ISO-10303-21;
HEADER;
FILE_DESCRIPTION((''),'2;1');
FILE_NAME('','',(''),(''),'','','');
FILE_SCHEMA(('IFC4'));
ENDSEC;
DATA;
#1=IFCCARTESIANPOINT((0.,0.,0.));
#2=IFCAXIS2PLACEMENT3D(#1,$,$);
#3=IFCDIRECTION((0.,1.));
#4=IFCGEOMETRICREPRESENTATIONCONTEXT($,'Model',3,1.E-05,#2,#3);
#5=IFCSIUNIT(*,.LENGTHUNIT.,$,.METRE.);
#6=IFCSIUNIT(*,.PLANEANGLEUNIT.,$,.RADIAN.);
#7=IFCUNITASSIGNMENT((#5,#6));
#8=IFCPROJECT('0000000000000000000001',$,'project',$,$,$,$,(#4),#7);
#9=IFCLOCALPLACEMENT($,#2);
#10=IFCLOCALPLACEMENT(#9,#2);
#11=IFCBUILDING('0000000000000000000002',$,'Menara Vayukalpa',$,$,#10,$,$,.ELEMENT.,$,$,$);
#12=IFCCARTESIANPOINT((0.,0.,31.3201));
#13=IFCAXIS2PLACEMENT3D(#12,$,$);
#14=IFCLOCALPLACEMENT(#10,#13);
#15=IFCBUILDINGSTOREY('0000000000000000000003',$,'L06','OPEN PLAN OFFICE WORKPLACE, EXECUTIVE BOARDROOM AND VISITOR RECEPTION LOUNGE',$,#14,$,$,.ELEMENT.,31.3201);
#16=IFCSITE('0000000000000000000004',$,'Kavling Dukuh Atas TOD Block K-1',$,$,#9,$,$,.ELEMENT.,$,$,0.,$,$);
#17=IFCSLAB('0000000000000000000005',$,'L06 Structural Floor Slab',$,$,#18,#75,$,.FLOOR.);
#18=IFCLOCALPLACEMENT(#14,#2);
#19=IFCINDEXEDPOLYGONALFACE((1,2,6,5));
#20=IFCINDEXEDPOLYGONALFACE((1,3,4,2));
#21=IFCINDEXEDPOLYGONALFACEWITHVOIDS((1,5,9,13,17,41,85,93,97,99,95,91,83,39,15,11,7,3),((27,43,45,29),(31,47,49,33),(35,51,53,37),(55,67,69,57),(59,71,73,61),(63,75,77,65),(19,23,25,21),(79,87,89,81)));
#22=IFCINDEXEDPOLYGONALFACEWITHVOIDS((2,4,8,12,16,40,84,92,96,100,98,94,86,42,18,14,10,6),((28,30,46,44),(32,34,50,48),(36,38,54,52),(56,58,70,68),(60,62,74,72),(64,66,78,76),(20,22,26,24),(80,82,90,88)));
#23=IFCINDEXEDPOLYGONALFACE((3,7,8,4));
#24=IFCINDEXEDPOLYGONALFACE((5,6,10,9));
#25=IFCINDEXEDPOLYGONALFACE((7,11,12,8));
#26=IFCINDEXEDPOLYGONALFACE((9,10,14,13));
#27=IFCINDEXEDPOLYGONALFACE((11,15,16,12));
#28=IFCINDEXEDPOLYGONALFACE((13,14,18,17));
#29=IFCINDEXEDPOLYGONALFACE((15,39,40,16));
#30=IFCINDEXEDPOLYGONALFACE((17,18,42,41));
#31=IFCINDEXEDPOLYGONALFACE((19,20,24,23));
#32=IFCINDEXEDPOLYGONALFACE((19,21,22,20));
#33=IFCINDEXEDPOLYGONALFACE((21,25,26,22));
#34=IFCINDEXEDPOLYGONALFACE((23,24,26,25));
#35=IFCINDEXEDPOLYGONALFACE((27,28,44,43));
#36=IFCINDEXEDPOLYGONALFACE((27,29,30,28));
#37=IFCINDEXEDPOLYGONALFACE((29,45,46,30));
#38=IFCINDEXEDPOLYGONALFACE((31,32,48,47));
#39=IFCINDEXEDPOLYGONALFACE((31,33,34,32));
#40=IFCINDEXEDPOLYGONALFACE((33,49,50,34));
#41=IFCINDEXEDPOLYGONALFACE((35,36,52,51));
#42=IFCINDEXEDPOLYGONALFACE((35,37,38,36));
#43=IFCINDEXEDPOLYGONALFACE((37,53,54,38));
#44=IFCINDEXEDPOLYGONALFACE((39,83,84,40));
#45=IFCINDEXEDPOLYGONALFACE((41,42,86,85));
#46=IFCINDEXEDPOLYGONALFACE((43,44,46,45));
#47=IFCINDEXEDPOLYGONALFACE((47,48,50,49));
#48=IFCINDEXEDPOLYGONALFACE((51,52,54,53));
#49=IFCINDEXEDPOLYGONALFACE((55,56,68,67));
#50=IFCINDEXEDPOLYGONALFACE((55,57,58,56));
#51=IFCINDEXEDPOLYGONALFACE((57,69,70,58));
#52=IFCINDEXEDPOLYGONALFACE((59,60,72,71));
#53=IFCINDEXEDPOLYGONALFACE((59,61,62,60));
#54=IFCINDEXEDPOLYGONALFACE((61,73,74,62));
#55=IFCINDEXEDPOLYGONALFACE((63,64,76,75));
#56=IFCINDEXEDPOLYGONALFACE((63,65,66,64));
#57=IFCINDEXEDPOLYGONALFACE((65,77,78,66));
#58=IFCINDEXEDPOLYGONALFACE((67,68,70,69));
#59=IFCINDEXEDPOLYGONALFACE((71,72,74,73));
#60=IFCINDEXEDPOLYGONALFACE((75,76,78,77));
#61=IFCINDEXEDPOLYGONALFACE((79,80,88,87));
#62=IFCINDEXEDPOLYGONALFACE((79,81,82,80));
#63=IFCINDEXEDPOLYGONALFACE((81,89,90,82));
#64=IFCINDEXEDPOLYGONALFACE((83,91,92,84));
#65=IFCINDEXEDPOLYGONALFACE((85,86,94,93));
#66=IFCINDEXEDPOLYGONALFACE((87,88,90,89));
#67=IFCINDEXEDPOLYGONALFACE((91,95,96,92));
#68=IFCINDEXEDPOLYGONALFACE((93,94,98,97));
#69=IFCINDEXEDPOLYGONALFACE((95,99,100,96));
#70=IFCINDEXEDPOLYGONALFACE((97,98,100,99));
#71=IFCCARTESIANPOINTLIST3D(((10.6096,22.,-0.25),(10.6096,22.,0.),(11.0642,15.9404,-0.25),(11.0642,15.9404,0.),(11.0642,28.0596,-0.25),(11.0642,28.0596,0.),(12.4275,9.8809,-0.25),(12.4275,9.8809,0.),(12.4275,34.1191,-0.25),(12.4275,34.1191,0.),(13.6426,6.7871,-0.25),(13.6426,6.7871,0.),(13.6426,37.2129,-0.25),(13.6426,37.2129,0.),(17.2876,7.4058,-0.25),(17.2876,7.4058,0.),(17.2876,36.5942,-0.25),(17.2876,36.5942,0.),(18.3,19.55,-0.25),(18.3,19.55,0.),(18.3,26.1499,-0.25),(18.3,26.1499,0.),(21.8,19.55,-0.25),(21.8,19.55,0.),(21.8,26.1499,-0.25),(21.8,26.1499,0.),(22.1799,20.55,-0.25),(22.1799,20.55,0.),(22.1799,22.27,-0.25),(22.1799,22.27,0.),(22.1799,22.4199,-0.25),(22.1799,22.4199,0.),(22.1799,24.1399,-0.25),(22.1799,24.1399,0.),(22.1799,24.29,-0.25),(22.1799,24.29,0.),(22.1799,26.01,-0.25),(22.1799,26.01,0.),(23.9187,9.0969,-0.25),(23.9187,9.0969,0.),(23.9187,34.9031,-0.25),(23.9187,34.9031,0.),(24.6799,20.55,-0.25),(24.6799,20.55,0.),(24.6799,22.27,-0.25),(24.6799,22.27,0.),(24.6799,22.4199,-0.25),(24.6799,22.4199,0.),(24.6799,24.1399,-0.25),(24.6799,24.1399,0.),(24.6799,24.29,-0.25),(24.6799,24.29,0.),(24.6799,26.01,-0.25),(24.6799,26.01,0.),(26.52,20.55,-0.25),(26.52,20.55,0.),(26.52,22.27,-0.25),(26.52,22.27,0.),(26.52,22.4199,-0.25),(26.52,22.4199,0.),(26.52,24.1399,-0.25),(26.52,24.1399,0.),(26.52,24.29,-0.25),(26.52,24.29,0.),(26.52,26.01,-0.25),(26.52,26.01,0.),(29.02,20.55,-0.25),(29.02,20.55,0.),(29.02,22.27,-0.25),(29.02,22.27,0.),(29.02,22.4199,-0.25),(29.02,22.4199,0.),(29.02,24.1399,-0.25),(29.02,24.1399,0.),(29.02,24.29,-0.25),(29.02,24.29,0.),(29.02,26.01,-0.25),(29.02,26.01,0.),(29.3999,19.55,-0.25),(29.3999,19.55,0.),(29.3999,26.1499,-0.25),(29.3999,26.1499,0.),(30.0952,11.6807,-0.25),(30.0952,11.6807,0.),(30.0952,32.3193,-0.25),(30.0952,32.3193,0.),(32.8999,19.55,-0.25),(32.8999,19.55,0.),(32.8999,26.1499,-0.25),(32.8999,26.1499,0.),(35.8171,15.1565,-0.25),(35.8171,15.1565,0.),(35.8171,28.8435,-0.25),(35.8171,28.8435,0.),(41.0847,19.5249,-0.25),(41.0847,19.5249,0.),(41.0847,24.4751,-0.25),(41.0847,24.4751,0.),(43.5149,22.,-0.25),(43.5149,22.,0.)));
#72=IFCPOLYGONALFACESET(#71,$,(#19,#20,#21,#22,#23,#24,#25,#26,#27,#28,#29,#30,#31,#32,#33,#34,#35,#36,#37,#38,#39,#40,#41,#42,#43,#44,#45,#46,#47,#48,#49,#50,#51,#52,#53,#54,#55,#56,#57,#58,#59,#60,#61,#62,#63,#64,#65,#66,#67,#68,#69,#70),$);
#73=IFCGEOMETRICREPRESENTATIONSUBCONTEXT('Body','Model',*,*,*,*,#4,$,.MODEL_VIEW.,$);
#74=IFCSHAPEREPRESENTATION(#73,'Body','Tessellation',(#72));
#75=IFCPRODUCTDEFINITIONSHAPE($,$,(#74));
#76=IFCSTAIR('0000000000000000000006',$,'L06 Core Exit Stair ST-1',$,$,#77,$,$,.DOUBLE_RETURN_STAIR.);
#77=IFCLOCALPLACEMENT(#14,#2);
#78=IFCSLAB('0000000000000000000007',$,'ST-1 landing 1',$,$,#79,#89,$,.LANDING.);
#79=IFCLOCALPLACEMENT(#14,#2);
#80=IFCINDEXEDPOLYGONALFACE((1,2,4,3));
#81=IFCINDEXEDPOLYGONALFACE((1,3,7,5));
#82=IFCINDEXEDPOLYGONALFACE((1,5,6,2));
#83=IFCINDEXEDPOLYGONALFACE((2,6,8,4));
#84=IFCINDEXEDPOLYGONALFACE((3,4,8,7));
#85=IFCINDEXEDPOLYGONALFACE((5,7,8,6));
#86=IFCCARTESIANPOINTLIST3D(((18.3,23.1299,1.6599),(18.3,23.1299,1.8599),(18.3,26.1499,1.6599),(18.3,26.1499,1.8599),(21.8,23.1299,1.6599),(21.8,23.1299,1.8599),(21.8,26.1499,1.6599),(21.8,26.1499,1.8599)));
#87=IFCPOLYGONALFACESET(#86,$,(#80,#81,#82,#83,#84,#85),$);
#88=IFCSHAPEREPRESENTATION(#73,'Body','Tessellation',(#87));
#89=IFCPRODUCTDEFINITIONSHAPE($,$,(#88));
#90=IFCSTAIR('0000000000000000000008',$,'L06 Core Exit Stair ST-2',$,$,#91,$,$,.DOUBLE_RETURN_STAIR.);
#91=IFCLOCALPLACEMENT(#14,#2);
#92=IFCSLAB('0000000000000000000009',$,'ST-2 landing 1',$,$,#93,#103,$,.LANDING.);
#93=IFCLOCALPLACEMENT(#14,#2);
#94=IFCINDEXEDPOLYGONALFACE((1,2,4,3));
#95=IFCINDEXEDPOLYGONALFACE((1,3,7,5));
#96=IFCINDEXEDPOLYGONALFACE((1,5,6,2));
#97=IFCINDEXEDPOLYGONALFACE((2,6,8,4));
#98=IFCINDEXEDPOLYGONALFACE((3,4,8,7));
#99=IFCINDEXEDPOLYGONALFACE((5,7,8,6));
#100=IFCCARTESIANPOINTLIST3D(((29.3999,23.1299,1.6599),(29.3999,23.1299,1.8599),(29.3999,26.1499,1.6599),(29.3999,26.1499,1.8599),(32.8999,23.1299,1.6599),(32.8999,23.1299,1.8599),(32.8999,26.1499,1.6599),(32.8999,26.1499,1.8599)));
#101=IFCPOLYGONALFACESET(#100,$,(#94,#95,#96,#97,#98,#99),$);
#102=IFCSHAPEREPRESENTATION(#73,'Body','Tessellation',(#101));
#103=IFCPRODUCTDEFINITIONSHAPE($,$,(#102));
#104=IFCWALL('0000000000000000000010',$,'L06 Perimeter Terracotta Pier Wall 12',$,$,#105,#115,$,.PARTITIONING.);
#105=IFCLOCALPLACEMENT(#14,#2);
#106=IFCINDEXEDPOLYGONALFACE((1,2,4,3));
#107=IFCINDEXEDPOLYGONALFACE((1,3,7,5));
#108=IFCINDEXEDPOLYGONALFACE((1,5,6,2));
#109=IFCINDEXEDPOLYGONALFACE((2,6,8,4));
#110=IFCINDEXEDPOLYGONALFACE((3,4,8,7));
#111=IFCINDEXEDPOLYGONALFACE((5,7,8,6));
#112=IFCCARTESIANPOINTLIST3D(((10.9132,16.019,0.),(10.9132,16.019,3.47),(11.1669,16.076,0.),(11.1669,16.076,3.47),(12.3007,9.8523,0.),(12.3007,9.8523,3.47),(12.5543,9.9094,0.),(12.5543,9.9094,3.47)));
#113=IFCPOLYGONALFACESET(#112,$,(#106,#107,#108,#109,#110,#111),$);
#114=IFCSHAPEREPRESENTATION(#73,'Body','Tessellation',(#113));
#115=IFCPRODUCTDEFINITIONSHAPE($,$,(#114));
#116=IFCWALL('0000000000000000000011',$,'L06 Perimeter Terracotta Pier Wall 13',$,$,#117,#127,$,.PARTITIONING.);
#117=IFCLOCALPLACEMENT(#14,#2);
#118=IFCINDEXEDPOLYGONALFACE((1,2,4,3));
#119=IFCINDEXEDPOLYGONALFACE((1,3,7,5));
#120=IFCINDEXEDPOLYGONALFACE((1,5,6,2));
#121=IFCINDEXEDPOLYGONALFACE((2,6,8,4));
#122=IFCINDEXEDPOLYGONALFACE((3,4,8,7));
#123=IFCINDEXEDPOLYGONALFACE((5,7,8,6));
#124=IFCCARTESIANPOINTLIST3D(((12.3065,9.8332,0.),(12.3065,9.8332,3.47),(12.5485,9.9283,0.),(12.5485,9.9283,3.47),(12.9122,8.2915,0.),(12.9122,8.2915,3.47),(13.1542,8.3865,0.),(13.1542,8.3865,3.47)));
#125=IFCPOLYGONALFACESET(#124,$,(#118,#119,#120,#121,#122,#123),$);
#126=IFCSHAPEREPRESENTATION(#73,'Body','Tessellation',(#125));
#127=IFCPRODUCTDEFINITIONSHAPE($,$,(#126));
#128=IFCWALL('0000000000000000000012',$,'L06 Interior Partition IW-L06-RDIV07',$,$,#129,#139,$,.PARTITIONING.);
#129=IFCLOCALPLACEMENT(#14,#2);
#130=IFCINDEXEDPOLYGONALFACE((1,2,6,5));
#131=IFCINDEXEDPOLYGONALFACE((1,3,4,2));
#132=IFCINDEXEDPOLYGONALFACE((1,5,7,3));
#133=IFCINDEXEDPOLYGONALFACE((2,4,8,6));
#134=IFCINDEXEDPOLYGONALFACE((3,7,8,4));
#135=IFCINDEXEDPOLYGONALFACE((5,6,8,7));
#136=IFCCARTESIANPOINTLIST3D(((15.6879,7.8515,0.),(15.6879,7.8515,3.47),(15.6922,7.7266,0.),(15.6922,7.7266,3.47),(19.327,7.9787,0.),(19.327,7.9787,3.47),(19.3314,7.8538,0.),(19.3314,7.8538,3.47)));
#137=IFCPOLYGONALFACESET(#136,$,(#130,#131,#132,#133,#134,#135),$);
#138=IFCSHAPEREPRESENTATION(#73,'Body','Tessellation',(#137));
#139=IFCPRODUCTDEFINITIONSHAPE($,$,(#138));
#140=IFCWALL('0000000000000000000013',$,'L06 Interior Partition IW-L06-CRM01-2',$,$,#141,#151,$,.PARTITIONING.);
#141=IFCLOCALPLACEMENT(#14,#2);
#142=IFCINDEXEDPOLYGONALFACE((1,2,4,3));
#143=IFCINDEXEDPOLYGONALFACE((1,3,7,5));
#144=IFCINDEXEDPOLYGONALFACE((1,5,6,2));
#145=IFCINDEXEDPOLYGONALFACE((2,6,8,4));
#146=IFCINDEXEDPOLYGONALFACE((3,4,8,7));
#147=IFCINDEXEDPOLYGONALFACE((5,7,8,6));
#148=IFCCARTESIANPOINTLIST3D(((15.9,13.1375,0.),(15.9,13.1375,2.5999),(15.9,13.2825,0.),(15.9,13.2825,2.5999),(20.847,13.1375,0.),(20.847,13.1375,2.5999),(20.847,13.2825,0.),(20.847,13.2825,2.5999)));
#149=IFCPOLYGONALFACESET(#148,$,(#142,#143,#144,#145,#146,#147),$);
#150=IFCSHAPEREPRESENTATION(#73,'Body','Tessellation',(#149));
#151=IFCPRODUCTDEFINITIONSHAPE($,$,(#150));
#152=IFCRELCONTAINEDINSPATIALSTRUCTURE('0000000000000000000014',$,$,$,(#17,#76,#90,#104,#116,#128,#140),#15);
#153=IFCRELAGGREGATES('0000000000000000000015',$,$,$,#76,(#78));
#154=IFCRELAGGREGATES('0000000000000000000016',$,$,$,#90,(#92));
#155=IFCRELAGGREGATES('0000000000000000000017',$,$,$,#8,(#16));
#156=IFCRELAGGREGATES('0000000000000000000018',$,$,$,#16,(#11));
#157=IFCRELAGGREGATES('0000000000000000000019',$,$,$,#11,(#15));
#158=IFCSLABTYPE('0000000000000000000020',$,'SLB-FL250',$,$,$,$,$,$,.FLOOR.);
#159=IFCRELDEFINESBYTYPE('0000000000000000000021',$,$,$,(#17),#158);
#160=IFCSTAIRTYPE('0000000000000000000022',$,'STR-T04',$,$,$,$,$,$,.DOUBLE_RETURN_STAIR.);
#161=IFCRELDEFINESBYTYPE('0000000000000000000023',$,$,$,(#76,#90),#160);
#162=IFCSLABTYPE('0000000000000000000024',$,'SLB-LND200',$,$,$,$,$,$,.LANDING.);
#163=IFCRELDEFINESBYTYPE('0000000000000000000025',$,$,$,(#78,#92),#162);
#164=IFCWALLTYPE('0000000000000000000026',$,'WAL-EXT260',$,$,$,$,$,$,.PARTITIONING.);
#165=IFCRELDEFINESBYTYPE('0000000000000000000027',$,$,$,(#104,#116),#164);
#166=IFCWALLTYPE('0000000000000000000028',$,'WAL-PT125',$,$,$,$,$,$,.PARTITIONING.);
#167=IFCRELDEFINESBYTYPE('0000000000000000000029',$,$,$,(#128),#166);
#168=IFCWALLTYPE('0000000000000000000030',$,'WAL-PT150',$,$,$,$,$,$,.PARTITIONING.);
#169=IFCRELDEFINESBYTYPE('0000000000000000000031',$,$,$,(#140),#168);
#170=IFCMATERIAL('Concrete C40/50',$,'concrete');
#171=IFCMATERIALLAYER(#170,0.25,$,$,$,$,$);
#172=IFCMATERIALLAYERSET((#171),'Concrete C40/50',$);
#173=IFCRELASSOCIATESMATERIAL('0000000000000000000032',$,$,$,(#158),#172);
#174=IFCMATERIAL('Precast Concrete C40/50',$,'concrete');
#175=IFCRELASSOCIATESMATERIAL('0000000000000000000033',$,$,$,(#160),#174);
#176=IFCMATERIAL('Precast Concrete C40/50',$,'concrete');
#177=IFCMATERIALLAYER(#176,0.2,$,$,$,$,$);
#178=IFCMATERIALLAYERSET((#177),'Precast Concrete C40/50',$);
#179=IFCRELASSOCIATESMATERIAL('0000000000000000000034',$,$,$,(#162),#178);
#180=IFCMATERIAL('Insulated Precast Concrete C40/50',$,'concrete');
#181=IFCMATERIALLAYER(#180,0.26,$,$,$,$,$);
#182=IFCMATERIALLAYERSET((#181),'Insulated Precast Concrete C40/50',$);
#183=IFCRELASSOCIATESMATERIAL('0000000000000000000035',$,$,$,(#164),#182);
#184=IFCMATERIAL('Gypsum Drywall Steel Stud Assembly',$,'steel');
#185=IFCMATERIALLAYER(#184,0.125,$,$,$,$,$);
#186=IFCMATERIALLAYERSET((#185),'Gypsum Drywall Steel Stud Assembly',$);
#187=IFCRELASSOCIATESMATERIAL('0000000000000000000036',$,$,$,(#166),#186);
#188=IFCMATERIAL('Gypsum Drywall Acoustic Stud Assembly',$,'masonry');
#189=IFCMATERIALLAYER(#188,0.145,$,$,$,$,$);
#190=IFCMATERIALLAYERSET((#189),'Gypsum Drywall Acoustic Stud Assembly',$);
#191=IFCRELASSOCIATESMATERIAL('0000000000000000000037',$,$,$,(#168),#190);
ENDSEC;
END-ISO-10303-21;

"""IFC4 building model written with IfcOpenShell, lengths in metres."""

from ifc_helpers import new_model, si_unit, direction, frame, frame_2d, origin, place, context, subcontext, project, spatial, polyline, rectangle, outline, extrude, material, layer, layer_set, type_object, element, aggregate, save


model = new_model("IFC4")

# Units and contexts
model_context = context("Model", 3, precision=1e-05, world=origin(), true_north=direction((0.0, 1.0)))
body_context = subcontext(model_context, "Body", "Model", "MODEL_VIEW")
ifc_project = project(units=[si_unit("LENGTHUNIT", "METRE"), si_unit("PLANEANGLEUNIT", "RADIAN")], contexts=[model_context])

# Site, building, storey
site_placement = place(None, origin())
site = spatial("IfcSite", under=ifc_project, at=site_placement, Name="Kavling Dukuh Atas TOD Block K-1", CompositionType="ELEMENT", RefElevation=0.0)
building_placement = place(site_placement, origin())
building = spatial("IfcBuilding", under=site, at=building_placement, Name="Menara Vayukalpa", CompositionType="ELEMENT")
storey_placement = place(building_placement, frame((0.0, 0.0, 31.3201)))
storey = spatial("IfcBuildingStorey", under=building, at=storey_placement, Name="L06", Description="OPEN PLAN OFFICE WORKPLACE, EXECUTIVE BOARDROOM AND VISITOR RECEPTION LOUNGE", CompositionType="ELEMENT", Elevation=31.3201)

# Slab
ifc_material_1 = material(Name="Concrete C40/50", Category="concrete")
ifc_layer_1 = layer(ifc_material_1, 0.25)
ifc_layer_set_1 = layer_set([ifc_layer_1], Name="Concrete C40/50")
slab_type_1 = type_object("IfcSlabType", Name="SLB-FL250", PredefinedType="FLOOR", material=ifc_layer_set_1)
slab_1_placement = place(storey_placement, frame((0.0, 0.0, -0.25)))
element("IfcSlab", 1, at=slab_1_placement, inside=storey, type_object=slab_type_1, Name="L06 Structural Floor Slab", PredefinedType="FLOOR", context=body_context, shape_type="SweptSolid", body=[
    extrude(outline(polyline([(41.0847, 19.5249), (43.5149, 22.0), (41.0847, 24.4751), (35.8171, 28.8435), (30.0952, 32.3193), (23.9187, 34.9031), (17.2876, 36.5942), (13.6426, 37.2129), (12.4275, 34.1191), (11.0642, 28.0596), (10.6096, 22.0), (11.0642, 15.9404), (12.4275, 9.8809), (13.6426, 6.7871), (17.2876, 7.4058), (23.9187, 9.0969), (30.0952, 11.6807), (35.8171, 15.1565), (41.0847, 19.5249)]), holes=[polyline([(21.8, 19.55), (21.8, 26.1499), (18.3, 26.1499), (18.3, 19.55), (21.8, 19.55)]), polyline([(32.8999, 19.55), (32.8999, 26.1499), (29.3999, 26.1499), (29.3999, 19.55), (32.8999, 19.55)]), polyline([(22.1799, 20.55), (24.6799, 20.55), (24.6799, 22.27), (22.1799, 22.27), (22.1799, 20.55)]), polyline([(26.52, 20.55), (29.02, 20.55), (29.02, 22.27), (26.52, 22.27), (26.52, 20.55)]), polyline([(22.1799, 22.4199), (24.6799, 22.4199), (24.6799, 24.1399), (22.1799, 24.1399), (22.1799, 22.4199)]), polyline([(22.1799, 24.29), (24.6799, 24.29), (24.6799, 26.01), (22.1799, 26.01), (22.1799, 24.29)]), polyline([(26.52, 24.29), (29.02, 24.29), (29.02, 26.01), (26.52, 26.01), (26.52, 24.29)]), polyline([(26.52, 22.4199), (29.02, 22.4199), (29.02, 24.1399), (26.52, 24.1399), (26.52, 22.4199)])]), origin(), (0.0, 0.0, 1.0), 0.25),
])

# Stairs, slabs
ifc_material_2 = material(Name="Precast Concrete C40/50", Category="concrete")
stair_type = type_object("IfcStairType", Name="STR-T04", PredefinedType="DOUBLE_RETURN_STAIR", material=ifc_material_2)
stair_1_placement = place(storey_placement, origin())
stair_1 = element("IfcStair", 2, at=stair_1_placement, inside=storey, type_object=stair_type, Name="L06 Core Exit Stair ST-1", PredefinedType="DOUBLE_RETURN_STAIR")
ifc_material_3 = material(Name="Precast Concrete C40/50", Category="concrete")
ifc_layer_2 = layer(ifc_material_3, 0.2)
ifc_layer_set_2 = layer_set([ifc_layer_2], Name="Precast Concrete C40/50")
slab_type_2 = type_object("IfcSlabType", Name="SLB-LND200", PredefinedType="LANDING", material=ifc_layer_set_2)
slab_2_placement = place(storey_placement, frame((0.0, 0.0, 1.6599)))
slab_2 = element("IfcSlab", 3, at=slab_2_placement, type_object=slab_type_2, Name="ST-1 landing 1", PredefinedType="LANDING", context=body_context, shape_type="SweptSolid", body=[
    extrude(outline(polyline([(21.8, 23.1299), (21.8, 26.1499), (18.3, 26.1499), (18.3, 23.1299), (21.8, 23.1299)])), origin(), (0.0, 0.0, 1.0), 0.2),
])
aggregate(stair_1, [slab_2])
stair_2_placement = place(storey_placement, origin())
stair_2 = element("IfcStair", 4, at=stair_2_placement, inside=storey, type_object=stair_type, Name="L06 Core Exit Stair ST-2", PredefinedType="DOUBLE_RETURN_STAIR")
slab_3_placement = place(storey_placement, frame((0.0, 0.0, 1.6599)))
slab_3 = element("IfcSlab", 5, at=slab_3_placement, type_object=slab_type_2, Name="ST-2 landing 1", PredefinedType="LANDING", context=body_context, shape_type="SweptSolid", body=[
    extrude(outline(polyline([(32.8999, 23.1299), (32.8999, 26.1499), (29.3999, 26.1499), (29.3999, 23.1299), (32.8999, 23.1299)])), origin(), (0.0, 0.0, 1.0), 0.2),
])
aggregate(stair_2, [slab_3])

# Walls
ifc_material_4 = material(Name="Insulated Precast Concrete C40/50", Category="concrete")
ifc_layer_3 = layer(ifc_material_4, 0.26)
ifc_layer_set_3 = layer_set([ifc_layer_3], Name="Insulated Precast Concrete C40/50")
wall_type_1 = type_object("IfcWallType", Name="WAL-EXT260", PredefinedType="PARTITIONING", material=ifc_layer_set_3)
wall_1_placement = place(storey_placement, frame((12.4275, 9.8809, 0.0), z_axis=(0.0, 0.0, 1.0), x_axis=(-0.219502, 0.975612, 0.0)))
element("IfcWall", 6, at=wall_1_placement, inside=storey, type_object=wall_type_1, Name="L06 Perimeter Terracotta Pier Wall 12", PredefinedType="PARTITIONING", context=body_context, shape_type="SweptSolid", body=[
    extrude(rectangle(XDim=6.3208, YDim=0.26, at=frame_2d((3.1604, 0.0))), origin(), (0.0, 0.0, 1.0), 3.47),
])
wall_2_placement = place(storey_placement, frame((13.0332, 8.3391, 0.0), z_axis=(0.0, 0.0, 1.0), x_axis=(-0.365666, 0.930746, 0.0)))
element("IfcWall", 7, at=wall_2_placement, inside=storey, type_object=wall_type_1, Name="L06 Perimeter Terracotta Pier Wall 13", PredefinedType="PARTITIONING", context=body_context, shape_type="SweptSolid", body=[
    extrude(rectangle(XDim=1.6565, YDim=0.26, at=frame_2d((0.8281, 0.0))), origin(), (0.0, 0.0, 1.0), 3.47),
])
ifc_material_5 = material(Name="Gypsum Drywall Steel Stud Assembly", Category="steel")
ifc_layer_4 = layer(ifc_material_5, 0.125)
ifc_layer_set_4 = layer_set([ifc_layer_4], Name="Gypsum Drywall Steel Stud Assembly")
wall_type_2 = type_object("IfcWallType", Name="WAL-PT125", PredefinedType="PARTITIONING", material=ifc_layer_set_4)
wall_3_placement = place(storey_placement, frame((15.6899, 7.7891, 0.0), z_axis=(0.0, 0.0, 1.0), x_axis=(0.99939, 0.034931, 0.0)))
element("IfcWall", 8, at=wall_3_placement, inside=storey, type_object=wall_type_2, Name="L06 Interior Partition IW-L06-RDIV07", PredefinedType="PARTITIONING", context=body_context, shape_type="SweptSolid", body=[
    extrude(rectangle(XDim=3.6414, YDim=0.125, at=frame_2d((1.8208, 0.0))), origin(), (0.0, 0.0, 1.0), 3.47),
])
ifc_material_6 = material(Name="Gypsum Drywall Acoustic Stud Assembly", Category="masonry")
ifc_layer_5 = layer(ifc_material_6, 0.145)
ifc_layer_set_5 = layer_set([ifc_layer_5], Name="Gypsum Drywall Acoustic Stud Assembly")
wall_type_3 = type_object("IfcWallType", Name="WAL-PT150", PredefinedType="PARTITIONING", material=ifc_layer_set_5)
wall_4_placement = place(storey_placement, frame((15.8999, 13.21, 0.0), z_axis=(0.0, 0.0, 1.0), x_axis=(1.0, 0.0, 0.0)))
element("IfcWall", 9, at=wall_4_placement, inside=storey, type_object=wall_type_3, Name="L06 Interior Partition IW-L06-CRM01-2", PredefinedType="PARTITIONING", context=body_context, shape_type="SweptSolid", body=[
    extrude(rectangle(XDim=4.947, YDim=0.145, at=frame_2d((2.4736, 0.0))), origin(), (0.0, 0.0, 1.0), 2.5999),
])

save(model, "model.ifc")
